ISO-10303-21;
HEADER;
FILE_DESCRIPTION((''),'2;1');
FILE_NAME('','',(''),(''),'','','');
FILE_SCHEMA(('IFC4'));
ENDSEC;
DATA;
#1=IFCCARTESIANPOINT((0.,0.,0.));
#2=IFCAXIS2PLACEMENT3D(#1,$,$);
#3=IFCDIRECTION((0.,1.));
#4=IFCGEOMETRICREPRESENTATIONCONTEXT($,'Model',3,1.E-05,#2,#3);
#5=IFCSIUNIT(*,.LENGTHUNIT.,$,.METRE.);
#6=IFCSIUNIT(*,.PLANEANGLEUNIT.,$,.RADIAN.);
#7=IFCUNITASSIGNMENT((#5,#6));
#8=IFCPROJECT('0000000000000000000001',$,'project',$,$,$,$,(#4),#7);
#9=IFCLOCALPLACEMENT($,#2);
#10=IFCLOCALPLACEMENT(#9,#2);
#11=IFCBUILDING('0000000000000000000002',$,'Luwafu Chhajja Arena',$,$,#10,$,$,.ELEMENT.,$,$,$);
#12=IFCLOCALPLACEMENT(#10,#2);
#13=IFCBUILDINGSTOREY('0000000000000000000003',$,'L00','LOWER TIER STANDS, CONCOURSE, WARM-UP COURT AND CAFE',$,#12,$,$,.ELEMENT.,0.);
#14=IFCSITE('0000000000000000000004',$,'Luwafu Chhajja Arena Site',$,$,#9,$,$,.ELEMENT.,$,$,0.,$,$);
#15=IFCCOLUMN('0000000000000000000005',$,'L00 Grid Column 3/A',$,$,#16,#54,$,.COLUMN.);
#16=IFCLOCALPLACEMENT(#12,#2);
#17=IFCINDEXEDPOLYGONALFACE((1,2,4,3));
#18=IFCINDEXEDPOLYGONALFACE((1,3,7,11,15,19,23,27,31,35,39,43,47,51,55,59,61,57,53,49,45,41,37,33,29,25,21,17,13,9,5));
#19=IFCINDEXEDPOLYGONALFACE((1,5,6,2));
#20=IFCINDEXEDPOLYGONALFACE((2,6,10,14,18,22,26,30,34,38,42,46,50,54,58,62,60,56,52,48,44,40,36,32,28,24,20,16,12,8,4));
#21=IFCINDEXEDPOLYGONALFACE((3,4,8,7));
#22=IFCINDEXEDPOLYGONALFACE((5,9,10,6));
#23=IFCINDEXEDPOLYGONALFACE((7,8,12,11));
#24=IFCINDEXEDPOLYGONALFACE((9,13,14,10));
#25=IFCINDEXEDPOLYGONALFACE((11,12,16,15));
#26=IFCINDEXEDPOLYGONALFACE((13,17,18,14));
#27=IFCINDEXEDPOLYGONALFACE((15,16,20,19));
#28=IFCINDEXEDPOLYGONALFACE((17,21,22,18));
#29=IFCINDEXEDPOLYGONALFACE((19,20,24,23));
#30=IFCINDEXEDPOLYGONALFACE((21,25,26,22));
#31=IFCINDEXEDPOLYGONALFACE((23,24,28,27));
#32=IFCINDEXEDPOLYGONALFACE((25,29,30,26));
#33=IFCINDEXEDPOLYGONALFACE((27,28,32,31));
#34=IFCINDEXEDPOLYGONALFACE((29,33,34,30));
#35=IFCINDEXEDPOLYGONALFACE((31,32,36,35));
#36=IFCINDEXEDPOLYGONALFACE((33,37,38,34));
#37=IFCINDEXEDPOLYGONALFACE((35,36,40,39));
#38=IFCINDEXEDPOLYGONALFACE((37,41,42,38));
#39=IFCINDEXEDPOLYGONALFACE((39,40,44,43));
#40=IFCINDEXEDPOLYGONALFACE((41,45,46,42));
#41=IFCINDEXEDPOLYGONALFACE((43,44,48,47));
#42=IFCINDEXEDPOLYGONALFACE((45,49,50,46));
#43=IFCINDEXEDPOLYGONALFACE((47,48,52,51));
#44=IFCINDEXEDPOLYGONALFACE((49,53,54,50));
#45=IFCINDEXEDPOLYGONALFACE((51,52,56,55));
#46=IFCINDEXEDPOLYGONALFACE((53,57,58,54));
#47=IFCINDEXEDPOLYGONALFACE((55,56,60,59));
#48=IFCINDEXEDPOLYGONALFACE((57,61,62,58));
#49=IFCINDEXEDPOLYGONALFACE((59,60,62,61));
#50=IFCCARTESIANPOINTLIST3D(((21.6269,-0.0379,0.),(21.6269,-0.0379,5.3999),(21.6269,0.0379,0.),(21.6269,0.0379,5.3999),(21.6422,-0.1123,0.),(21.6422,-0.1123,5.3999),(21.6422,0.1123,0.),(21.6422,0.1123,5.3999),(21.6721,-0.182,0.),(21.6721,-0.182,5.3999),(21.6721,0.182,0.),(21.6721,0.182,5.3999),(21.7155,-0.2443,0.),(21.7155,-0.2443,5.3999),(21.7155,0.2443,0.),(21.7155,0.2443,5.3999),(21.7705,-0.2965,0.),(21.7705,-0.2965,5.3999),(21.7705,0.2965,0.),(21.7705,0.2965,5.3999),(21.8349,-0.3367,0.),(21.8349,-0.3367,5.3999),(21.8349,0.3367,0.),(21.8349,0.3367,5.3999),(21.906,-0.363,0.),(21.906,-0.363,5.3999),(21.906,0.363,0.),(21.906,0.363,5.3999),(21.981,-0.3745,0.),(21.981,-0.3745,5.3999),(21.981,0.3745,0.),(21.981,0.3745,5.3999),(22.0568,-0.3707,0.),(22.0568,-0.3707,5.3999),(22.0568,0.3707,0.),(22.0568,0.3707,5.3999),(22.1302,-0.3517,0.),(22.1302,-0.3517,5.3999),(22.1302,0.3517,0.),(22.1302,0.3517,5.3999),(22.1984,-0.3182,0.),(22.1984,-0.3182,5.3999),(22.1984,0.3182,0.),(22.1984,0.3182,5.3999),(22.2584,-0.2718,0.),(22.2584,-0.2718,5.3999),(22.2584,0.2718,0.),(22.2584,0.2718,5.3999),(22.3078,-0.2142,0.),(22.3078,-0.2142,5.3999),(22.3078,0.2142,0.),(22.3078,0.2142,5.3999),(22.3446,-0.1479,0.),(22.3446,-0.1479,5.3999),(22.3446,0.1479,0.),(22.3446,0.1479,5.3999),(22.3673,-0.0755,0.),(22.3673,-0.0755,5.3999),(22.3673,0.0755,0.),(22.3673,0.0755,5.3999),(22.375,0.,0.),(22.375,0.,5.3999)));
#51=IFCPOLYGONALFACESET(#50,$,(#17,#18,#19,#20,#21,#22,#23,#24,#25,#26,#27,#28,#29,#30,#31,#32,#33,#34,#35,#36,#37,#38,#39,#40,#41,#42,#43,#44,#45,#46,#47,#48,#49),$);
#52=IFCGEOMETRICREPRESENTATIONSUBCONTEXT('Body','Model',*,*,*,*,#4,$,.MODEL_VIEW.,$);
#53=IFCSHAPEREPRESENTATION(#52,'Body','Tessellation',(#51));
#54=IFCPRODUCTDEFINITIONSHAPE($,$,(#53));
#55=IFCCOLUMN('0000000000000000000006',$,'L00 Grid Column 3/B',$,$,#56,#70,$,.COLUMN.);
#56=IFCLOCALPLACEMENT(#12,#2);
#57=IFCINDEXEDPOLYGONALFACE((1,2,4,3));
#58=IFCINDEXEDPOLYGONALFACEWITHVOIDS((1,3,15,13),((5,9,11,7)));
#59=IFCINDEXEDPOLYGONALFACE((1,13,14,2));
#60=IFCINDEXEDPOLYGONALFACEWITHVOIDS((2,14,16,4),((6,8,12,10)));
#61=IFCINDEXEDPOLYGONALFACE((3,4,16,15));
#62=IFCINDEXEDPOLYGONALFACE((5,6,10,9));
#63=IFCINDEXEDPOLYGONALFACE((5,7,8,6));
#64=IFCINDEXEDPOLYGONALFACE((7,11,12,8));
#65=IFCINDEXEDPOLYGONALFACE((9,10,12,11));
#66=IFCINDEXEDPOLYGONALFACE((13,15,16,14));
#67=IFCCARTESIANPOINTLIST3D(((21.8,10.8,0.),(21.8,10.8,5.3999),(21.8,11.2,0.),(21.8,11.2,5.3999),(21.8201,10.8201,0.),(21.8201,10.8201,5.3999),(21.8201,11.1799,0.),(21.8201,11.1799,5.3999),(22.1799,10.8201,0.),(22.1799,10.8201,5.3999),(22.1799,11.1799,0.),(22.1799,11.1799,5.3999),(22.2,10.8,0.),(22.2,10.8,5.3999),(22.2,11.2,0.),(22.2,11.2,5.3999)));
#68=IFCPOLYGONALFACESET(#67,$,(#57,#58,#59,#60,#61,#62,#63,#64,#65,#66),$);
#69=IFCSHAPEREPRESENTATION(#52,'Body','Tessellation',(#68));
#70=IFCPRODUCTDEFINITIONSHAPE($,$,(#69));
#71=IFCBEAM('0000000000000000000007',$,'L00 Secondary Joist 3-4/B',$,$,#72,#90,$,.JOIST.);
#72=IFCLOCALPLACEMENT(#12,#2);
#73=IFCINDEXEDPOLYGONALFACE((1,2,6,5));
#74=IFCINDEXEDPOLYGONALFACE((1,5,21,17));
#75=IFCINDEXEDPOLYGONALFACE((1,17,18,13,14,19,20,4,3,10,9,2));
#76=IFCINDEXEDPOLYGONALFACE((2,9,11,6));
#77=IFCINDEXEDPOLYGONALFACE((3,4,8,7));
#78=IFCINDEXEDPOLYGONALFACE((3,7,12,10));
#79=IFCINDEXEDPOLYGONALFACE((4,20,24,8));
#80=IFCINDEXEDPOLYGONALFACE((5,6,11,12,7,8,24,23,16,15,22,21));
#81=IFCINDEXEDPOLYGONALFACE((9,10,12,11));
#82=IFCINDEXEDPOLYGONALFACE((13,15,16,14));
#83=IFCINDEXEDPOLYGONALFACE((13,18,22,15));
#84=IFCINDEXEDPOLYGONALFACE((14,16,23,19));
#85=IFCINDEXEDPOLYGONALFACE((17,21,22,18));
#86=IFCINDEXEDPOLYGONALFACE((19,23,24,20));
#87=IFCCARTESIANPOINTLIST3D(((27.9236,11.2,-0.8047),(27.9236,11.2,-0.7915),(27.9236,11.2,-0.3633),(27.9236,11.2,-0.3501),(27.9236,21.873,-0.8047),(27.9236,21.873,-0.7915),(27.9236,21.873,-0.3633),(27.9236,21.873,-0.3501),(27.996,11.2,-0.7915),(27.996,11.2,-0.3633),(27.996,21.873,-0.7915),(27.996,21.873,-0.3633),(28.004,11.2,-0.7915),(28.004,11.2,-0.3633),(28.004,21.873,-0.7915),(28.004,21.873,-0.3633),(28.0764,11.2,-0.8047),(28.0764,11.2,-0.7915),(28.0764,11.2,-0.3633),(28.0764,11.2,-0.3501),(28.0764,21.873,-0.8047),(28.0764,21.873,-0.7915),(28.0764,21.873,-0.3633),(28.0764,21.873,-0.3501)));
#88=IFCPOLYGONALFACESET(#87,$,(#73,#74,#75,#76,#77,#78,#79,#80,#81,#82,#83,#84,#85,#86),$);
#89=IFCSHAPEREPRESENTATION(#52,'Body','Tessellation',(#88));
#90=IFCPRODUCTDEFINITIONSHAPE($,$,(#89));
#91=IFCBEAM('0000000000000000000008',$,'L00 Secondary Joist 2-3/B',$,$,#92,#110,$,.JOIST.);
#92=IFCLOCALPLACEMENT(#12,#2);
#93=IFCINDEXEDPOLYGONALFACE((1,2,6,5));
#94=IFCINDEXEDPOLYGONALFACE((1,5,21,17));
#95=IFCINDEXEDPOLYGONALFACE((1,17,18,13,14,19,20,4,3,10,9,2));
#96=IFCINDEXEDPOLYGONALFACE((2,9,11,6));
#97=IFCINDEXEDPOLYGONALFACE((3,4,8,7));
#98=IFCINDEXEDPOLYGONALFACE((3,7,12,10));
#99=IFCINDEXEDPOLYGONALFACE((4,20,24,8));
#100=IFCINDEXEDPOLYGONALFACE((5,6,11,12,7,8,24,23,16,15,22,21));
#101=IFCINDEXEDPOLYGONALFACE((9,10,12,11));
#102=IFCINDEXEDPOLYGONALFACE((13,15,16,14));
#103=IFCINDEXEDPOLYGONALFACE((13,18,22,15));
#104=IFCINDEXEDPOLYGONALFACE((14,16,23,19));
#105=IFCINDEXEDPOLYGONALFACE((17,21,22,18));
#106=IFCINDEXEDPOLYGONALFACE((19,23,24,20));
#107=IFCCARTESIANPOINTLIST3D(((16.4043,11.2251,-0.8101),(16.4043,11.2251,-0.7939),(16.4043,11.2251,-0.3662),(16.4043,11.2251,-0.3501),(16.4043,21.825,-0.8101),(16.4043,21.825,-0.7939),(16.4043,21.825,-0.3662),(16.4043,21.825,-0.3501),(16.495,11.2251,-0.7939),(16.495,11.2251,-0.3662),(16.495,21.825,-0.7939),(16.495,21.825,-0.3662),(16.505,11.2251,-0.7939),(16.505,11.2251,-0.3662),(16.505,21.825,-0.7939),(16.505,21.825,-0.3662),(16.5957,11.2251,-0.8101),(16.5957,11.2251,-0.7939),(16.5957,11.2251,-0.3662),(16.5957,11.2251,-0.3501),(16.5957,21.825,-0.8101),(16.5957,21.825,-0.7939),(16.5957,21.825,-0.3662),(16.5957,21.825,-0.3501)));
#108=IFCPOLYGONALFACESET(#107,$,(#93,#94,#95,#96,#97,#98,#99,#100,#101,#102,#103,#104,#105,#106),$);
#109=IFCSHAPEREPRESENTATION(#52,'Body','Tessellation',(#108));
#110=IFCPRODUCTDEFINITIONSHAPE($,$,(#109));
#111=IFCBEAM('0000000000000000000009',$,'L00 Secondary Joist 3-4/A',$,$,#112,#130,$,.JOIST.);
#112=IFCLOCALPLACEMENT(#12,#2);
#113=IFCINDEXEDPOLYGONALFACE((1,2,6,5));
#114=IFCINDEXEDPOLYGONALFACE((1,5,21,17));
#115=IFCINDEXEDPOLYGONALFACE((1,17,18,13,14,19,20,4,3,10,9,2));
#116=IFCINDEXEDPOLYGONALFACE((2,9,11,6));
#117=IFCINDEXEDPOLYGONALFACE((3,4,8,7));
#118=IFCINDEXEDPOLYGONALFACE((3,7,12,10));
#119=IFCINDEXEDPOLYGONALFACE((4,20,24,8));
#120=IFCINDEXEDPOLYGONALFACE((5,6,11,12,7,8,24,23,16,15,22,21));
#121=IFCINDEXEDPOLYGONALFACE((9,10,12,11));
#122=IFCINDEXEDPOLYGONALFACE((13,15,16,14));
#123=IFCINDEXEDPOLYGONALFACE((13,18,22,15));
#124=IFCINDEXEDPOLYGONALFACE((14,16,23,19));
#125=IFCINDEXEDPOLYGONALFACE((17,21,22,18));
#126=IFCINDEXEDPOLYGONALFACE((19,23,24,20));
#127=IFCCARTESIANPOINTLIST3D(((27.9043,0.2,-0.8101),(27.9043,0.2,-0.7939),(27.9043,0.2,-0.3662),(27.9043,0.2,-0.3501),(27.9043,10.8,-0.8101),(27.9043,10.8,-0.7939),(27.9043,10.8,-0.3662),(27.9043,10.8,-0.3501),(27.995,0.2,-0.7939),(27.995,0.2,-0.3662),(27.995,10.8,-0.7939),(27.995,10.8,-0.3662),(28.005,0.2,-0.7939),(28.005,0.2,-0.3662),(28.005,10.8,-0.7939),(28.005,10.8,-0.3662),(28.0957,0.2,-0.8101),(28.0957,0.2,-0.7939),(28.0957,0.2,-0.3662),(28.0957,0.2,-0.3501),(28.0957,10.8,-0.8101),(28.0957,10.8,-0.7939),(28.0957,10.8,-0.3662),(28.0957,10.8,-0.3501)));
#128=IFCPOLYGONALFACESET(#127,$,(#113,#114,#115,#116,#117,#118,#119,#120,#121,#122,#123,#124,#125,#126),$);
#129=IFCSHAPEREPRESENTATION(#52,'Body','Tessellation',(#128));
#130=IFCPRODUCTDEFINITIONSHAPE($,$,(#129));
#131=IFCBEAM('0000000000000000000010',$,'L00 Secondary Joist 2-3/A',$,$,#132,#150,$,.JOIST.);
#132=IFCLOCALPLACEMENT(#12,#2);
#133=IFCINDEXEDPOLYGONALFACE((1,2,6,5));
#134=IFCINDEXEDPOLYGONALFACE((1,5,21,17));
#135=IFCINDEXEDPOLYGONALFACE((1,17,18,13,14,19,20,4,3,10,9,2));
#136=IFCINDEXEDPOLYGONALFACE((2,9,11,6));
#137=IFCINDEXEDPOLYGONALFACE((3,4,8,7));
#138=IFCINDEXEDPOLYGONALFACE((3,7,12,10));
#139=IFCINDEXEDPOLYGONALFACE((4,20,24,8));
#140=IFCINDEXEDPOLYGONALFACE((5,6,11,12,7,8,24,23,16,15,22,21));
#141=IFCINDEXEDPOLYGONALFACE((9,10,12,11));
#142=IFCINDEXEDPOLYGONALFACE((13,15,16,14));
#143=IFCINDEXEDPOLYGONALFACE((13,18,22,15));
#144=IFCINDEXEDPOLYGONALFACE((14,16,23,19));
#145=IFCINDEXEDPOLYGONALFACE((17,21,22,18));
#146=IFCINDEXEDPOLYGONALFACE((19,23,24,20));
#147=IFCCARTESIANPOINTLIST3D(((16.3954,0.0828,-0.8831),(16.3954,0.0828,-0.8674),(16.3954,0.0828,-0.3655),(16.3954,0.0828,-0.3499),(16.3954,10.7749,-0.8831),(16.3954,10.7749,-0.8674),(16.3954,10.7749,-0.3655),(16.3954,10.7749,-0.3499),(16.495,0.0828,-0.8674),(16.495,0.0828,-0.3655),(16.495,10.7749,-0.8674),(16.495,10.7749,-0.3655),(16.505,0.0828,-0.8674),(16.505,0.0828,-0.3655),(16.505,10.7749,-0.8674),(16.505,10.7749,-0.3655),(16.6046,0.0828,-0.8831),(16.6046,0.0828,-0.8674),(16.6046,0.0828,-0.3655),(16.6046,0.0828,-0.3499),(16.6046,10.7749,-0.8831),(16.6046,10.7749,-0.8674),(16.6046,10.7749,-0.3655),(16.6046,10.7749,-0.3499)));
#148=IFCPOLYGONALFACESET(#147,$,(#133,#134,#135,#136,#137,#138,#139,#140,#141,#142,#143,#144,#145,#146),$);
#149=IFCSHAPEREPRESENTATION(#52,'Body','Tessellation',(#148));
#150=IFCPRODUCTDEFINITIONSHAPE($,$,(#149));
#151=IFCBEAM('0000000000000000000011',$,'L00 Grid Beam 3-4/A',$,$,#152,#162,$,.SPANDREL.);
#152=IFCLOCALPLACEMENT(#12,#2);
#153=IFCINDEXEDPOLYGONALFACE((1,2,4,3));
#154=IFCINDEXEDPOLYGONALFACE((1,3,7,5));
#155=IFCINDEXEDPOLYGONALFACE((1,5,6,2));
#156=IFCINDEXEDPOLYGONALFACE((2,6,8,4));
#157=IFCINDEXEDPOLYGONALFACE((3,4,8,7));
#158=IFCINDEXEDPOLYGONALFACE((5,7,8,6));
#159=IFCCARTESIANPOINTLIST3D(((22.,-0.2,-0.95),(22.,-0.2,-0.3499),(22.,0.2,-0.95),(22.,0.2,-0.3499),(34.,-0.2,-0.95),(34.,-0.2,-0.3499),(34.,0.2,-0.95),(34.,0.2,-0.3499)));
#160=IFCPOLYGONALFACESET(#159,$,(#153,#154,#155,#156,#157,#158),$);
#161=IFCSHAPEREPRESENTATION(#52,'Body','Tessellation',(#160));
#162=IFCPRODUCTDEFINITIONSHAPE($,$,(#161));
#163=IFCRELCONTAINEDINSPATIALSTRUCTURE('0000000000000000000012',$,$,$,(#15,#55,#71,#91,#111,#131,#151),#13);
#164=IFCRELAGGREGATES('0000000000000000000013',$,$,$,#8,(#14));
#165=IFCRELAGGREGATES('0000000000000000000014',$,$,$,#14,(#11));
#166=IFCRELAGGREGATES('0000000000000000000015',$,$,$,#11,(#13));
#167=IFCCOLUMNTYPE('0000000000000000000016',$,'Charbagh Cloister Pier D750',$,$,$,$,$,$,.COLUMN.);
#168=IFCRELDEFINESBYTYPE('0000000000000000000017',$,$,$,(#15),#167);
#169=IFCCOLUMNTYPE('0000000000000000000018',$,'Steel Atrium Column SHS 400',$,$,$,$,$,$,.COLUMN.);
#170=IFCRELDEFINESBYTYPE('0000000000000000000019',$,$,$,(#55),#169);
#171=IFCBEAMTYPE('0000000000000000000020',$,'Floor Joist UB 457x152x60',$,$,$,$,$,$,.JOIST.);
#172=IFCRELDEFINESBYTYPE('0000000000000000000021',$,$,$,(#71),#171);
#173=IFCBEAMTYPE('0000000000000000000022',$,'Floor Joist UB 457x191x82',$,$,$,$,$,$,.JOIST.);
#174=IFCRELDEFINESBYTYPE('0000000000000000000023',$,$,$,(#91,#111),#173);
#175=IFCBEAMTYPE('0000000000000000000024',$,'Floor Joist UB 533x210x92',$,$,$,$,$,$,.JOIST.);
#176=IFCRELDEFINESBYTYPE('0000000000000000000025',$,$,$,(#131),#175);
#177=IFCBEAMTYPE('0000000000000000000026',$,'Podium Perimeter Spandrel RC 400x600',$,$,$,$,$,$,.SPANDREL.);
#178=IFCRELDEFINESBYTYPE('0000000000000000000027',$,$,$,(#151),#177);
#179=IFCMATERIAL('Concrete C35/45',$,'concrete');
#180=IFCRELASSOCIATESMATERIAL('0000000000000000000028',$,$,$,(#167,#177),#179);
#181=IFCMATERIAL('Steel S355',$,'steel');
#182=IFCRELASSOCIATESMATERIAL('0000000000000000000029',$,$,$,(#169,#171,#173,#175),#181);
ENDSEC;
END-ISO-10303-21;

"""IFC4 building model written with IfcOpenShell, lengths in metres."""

from ifc_helpers import new_model, si_unit, direction, frame, origin, origin_2d, place, context, subcontext, project, spatial, rectangle, hollow_rectangle, circle, i_section, extrude, material, material_profile, profile_set, type_object, element, save


model = new_model("IFC4")

# Units and contexts
model_context = context("Model", 3, precision=1e-05, world=origin(), true_north=direction((0.0, 1.0)))
body_context = subcontext(model_context, "Body", "Model", "MODEL_VIEW")
ifc_project = project(units=[si_unit("LENGTHUNIT", "METRE"), si_unit("PLANEANGLEUNIT", "RADIAN")], contexts=[model_context])

# Site, building, storey
site_placement = place(None, origin())
site = spatial("IfcSite", under=ifc_project, at=site_placement, Name="Luwafu Chhajja Arena Site", CompositionType="ELEMENT", RefElevation=0.0)
building_placement = place(site_placement, origin())
building = spatial("IfcBuilding", under=site, at=building_placement, Name="Luwafu Chhajja Arena", CompositionType="ELEMENT")
storey_placement = place(building_placement, origin())
storey = spatial("IfcBuildingStorey", under=building, at=storey_placement, Name="L00", Description="LOWER TIER STANDS, CONCOURSE, WARM-UP COURT AND CAFE", CompositionType="ELEMENT", Elevation=0.0)

# Columns
ifc_material_1 = material(Name="Concrete C35/45", Category="concrete")
ifc_material_profile_1 = material_profile(ifc_material_1, circle(Radius=0.375, at=origin_2d()), Name="RC COL D750")
ifc_profile_set_1 = profile_set([ifc_material_profile_1], Name="Concrete C35/45")
column_type_1 = type_object("IfcColumnType", Name="Charbagh Cloister Pier D750", PredefinedType="COLUMN", material=ifc_profile_set_1)
column_1_placement = place(storey_placement, frame((22.0, 0.0, 0.0), z_axis=(0.0, 0.0, 1.0), x_axis=(1.0, 0.0, 0.0)))
element("IfcColumn", 1, at=column_1_placement, inside=storey, type_object=column_type_1, Name="L00 Grid Column 3/A", PredefinedType="COLUMN", context=body_context, shape_type="SweptSolid", body=[
    extrude(circle(Radius=0.375, at=origin_2d()), origin(), (0.0, 0.0, 1.0), 5.3999),
])
ifc_material_2 = material(Name="Steel S355", Category="steel")
ifc_material_profile_2 = material_profile(ifc_material_2, hollow_rectangle(XDim=0.3999, YDim=0.3999, WallThickness=0.02, at=origin_2d()), Name="SHS 400x400x20")
ifc_profile_set_2 = profile_set([ifc_material_profile_2], Name="Steel S355")
column_type_2 = type_object("IfcColumnType", Name="Steel Atrium Column SHS 400", PredefinedType="COLUMN", material=ifc_profile_set_2)
column_2_placement = place(storey_placement, frame((22.0, 11.0, 0.0), z_axis=(0.0, 0.0, 1.0), x_axis=(1.0, 0.0, 0.0)))
element("IfcColumn", 2, at=column_2_placement, inside=storey, type_object=column_type_2, Name="L00 Grid Column 3/B", PredefinedType="COLUMN", context=body_context, shape_type="SweptSolid", body=[
    extrude(hollow_rectangle(XDim=0.3999, YDim=0.3999, WallThickness=0.02, at=origin_2d()), origin(), (0.0, 0.0, 1.0), 5.3999),
])

# Beams
ifc_material_profile_3 = material_profile(ifc_material_2, i_section(OverallWidth=0.1528, OverallDepth=0.4546, WebThickness=0.0081, FlangeThickness=0.0132, at=origin_2d()), Name="UB 457x152x60")
ifc_profile_set_3 = profile_set([ifc_material_profile_3], Name="Steel S355")
beam_type_1 = type_object("IfcBeamType", Name="Floor Joist UB 457x152x60", PredefinedType="JOIST", material=ifc_profile_set_3)
beam_1_placement = place(storey_placement, frame((28.0, 11.2, -0.5774), z_axis=(0.0, 1.0, 0.0), x_axis=(-1.0, 0.0, 0.0)))
element("IfcBeam", 3, at=beam_1_placement, inside=storey, type_object=beam_type_1, Name="L00 Secondary Joist 3-4/B", PredefinedType="JOIST", context=body_context, shape_type="SweptSolid", body=[
    extrude(i_section(OverallWidth=0.1528, OverallDepth=0.4546, WebThickness=0.0081, FlangeThickness=0.0132, at=origin_2d()), origin(), (0.0, 0.0, 1.0), 10.6731),
])
ifc_material_profile_4 = material_profile(ifc_material_2, i_section(OverallWidth=0.1914, OverallDepth=0.46, WebThickness=0.01, FlangeThickness=0.0161, at=origin_2d()), Name="UB 457x191x82")
ifc_profile_set_4 = profile_set([ifc_material_profile_4], Name="Steel S355")
beam_type_2 = type_object("IfcBeamType", Name="Floor Joist UB 457x191x82", PredefinedType="JOIST", material=ifc_profile_set_4)
beam_2_placement = place(storey_placement, frame((16.5, 11.2251, -0.5801), z_axis=(0.0, 1.0, 0.0), x_axis=(-1.0, 0.0, 0.0)))
element("IfcBeam", 4, at=beam_2_placement, inside=storey, type_object=beam_type_2, Name="L00 Secondary Joist 2-3/B", PredefinedType="JOIST", context=body_context, shape_type="SweptSolid", body=[
    extrude(i_section(OverallWidth=0.1914, OverallDepth=0.46, WebThickness=0.01, FlangeThickness=0.0161, at=origin_2d()), origin(), (0.0, 0.0, 1.0), 10.5999),
])
beam_3_placement = place(storey_placement, frame((28.0, 0.2, -0.5801), z_axis=(0.0, 1.0, 0.0), x_axis=(-1.0, 0.0, 0.0)))
element("IfcBeam", 5, at=beam_3_placement, inside=storey, type_object=beam_type_2, Name="L00 Secondary Joist 3-4/A", PredefinedType="JOIST", context=body_context, shape_type="SweptSolid", body=[
    extrude(i_section(OverallWidth=0.1914, OverallDepth=0.46, WebThickness=0.01, FlangeThickness=0.0161, at=origin_2d()), origin(), (0.0, 0.0, 1.0), 10.6001),
])
ifc_material_profile_5 = material_profile(ifc_material_2, i_section(OverallWidth=0.2092, OverallDepth=0.5332, WebThickness=0.01, FlangeThickness=0.0156, at=origin_2d()), Name="UB 533x210x92")
ifc_profile_set_5 = profile_set([ifc_material_profile_5], Name="Steel S355")
beam_type_3 = type_object("IfcBeamType", Name="Floor Joist UB 533x210x92", PredefinedType="JOIST", material=ifc_profile_set_5)
beam_4_placement = place(storey_placement, frame((16.5, 0.0828, -0.6165), z_axis=(0.0, 1.0, 0.0), x_axis=(-1.0, 0.0, 0.0)))
element("IfcBeam", 6, at=beam_4_placement, inside=storey, type_object=beam_type_3, Name="L00 Secondary Joist 2-3/A", PredefinedType="JOIST", context=body_context, shape_type="SweptSolid", body=[
    extrude(i_section(OverallWidth=0.2092, OverallDepth=0.5332, WebThickness=0.01, FlangeThickness=0.0156, at=origin_2d()), origin(), (0.0, 0.0, 1.0), 10.6921),
])
ifc_material_profile_6 = material_profile(ifc_material_1, rectangle(XDim=0.3999, YDim=0.6001, at=origin_2d()), Name="RC 400x600")
ifc_profile_set_6 = profile_set([ifc_material_profile_6], Name="Concrete C35/45")
beam_type_4 = type_object("IfcBeamType", Name="Podium Perimeter Spandrel RC 400x600", PredefinedType="SPANDREL", material=ifc_profile_set_6)
beam_5_placement = place(storey_placement, frame((22.0, 0.0, -0.6499), z_axis=(1.0, 0.0, 0.0), x_axis=(0.0, 1.0, 0.0)))
element("IfcBeam", 7, at=beam_5_placement, inside=storey, type_object=beam_type_4, Name="L00 Grid Beam 3-4/A", PredefinedType="SPANDREL", context=body_context, shape_type="SweptSolid", body=[
    extrude(rectangle(XDim=0.3999, YDim=0.6001, at=origin_2d()), origin(), (0.0, 0.0, 1.0), 12.0),
])

save(model, "model.ifc")
